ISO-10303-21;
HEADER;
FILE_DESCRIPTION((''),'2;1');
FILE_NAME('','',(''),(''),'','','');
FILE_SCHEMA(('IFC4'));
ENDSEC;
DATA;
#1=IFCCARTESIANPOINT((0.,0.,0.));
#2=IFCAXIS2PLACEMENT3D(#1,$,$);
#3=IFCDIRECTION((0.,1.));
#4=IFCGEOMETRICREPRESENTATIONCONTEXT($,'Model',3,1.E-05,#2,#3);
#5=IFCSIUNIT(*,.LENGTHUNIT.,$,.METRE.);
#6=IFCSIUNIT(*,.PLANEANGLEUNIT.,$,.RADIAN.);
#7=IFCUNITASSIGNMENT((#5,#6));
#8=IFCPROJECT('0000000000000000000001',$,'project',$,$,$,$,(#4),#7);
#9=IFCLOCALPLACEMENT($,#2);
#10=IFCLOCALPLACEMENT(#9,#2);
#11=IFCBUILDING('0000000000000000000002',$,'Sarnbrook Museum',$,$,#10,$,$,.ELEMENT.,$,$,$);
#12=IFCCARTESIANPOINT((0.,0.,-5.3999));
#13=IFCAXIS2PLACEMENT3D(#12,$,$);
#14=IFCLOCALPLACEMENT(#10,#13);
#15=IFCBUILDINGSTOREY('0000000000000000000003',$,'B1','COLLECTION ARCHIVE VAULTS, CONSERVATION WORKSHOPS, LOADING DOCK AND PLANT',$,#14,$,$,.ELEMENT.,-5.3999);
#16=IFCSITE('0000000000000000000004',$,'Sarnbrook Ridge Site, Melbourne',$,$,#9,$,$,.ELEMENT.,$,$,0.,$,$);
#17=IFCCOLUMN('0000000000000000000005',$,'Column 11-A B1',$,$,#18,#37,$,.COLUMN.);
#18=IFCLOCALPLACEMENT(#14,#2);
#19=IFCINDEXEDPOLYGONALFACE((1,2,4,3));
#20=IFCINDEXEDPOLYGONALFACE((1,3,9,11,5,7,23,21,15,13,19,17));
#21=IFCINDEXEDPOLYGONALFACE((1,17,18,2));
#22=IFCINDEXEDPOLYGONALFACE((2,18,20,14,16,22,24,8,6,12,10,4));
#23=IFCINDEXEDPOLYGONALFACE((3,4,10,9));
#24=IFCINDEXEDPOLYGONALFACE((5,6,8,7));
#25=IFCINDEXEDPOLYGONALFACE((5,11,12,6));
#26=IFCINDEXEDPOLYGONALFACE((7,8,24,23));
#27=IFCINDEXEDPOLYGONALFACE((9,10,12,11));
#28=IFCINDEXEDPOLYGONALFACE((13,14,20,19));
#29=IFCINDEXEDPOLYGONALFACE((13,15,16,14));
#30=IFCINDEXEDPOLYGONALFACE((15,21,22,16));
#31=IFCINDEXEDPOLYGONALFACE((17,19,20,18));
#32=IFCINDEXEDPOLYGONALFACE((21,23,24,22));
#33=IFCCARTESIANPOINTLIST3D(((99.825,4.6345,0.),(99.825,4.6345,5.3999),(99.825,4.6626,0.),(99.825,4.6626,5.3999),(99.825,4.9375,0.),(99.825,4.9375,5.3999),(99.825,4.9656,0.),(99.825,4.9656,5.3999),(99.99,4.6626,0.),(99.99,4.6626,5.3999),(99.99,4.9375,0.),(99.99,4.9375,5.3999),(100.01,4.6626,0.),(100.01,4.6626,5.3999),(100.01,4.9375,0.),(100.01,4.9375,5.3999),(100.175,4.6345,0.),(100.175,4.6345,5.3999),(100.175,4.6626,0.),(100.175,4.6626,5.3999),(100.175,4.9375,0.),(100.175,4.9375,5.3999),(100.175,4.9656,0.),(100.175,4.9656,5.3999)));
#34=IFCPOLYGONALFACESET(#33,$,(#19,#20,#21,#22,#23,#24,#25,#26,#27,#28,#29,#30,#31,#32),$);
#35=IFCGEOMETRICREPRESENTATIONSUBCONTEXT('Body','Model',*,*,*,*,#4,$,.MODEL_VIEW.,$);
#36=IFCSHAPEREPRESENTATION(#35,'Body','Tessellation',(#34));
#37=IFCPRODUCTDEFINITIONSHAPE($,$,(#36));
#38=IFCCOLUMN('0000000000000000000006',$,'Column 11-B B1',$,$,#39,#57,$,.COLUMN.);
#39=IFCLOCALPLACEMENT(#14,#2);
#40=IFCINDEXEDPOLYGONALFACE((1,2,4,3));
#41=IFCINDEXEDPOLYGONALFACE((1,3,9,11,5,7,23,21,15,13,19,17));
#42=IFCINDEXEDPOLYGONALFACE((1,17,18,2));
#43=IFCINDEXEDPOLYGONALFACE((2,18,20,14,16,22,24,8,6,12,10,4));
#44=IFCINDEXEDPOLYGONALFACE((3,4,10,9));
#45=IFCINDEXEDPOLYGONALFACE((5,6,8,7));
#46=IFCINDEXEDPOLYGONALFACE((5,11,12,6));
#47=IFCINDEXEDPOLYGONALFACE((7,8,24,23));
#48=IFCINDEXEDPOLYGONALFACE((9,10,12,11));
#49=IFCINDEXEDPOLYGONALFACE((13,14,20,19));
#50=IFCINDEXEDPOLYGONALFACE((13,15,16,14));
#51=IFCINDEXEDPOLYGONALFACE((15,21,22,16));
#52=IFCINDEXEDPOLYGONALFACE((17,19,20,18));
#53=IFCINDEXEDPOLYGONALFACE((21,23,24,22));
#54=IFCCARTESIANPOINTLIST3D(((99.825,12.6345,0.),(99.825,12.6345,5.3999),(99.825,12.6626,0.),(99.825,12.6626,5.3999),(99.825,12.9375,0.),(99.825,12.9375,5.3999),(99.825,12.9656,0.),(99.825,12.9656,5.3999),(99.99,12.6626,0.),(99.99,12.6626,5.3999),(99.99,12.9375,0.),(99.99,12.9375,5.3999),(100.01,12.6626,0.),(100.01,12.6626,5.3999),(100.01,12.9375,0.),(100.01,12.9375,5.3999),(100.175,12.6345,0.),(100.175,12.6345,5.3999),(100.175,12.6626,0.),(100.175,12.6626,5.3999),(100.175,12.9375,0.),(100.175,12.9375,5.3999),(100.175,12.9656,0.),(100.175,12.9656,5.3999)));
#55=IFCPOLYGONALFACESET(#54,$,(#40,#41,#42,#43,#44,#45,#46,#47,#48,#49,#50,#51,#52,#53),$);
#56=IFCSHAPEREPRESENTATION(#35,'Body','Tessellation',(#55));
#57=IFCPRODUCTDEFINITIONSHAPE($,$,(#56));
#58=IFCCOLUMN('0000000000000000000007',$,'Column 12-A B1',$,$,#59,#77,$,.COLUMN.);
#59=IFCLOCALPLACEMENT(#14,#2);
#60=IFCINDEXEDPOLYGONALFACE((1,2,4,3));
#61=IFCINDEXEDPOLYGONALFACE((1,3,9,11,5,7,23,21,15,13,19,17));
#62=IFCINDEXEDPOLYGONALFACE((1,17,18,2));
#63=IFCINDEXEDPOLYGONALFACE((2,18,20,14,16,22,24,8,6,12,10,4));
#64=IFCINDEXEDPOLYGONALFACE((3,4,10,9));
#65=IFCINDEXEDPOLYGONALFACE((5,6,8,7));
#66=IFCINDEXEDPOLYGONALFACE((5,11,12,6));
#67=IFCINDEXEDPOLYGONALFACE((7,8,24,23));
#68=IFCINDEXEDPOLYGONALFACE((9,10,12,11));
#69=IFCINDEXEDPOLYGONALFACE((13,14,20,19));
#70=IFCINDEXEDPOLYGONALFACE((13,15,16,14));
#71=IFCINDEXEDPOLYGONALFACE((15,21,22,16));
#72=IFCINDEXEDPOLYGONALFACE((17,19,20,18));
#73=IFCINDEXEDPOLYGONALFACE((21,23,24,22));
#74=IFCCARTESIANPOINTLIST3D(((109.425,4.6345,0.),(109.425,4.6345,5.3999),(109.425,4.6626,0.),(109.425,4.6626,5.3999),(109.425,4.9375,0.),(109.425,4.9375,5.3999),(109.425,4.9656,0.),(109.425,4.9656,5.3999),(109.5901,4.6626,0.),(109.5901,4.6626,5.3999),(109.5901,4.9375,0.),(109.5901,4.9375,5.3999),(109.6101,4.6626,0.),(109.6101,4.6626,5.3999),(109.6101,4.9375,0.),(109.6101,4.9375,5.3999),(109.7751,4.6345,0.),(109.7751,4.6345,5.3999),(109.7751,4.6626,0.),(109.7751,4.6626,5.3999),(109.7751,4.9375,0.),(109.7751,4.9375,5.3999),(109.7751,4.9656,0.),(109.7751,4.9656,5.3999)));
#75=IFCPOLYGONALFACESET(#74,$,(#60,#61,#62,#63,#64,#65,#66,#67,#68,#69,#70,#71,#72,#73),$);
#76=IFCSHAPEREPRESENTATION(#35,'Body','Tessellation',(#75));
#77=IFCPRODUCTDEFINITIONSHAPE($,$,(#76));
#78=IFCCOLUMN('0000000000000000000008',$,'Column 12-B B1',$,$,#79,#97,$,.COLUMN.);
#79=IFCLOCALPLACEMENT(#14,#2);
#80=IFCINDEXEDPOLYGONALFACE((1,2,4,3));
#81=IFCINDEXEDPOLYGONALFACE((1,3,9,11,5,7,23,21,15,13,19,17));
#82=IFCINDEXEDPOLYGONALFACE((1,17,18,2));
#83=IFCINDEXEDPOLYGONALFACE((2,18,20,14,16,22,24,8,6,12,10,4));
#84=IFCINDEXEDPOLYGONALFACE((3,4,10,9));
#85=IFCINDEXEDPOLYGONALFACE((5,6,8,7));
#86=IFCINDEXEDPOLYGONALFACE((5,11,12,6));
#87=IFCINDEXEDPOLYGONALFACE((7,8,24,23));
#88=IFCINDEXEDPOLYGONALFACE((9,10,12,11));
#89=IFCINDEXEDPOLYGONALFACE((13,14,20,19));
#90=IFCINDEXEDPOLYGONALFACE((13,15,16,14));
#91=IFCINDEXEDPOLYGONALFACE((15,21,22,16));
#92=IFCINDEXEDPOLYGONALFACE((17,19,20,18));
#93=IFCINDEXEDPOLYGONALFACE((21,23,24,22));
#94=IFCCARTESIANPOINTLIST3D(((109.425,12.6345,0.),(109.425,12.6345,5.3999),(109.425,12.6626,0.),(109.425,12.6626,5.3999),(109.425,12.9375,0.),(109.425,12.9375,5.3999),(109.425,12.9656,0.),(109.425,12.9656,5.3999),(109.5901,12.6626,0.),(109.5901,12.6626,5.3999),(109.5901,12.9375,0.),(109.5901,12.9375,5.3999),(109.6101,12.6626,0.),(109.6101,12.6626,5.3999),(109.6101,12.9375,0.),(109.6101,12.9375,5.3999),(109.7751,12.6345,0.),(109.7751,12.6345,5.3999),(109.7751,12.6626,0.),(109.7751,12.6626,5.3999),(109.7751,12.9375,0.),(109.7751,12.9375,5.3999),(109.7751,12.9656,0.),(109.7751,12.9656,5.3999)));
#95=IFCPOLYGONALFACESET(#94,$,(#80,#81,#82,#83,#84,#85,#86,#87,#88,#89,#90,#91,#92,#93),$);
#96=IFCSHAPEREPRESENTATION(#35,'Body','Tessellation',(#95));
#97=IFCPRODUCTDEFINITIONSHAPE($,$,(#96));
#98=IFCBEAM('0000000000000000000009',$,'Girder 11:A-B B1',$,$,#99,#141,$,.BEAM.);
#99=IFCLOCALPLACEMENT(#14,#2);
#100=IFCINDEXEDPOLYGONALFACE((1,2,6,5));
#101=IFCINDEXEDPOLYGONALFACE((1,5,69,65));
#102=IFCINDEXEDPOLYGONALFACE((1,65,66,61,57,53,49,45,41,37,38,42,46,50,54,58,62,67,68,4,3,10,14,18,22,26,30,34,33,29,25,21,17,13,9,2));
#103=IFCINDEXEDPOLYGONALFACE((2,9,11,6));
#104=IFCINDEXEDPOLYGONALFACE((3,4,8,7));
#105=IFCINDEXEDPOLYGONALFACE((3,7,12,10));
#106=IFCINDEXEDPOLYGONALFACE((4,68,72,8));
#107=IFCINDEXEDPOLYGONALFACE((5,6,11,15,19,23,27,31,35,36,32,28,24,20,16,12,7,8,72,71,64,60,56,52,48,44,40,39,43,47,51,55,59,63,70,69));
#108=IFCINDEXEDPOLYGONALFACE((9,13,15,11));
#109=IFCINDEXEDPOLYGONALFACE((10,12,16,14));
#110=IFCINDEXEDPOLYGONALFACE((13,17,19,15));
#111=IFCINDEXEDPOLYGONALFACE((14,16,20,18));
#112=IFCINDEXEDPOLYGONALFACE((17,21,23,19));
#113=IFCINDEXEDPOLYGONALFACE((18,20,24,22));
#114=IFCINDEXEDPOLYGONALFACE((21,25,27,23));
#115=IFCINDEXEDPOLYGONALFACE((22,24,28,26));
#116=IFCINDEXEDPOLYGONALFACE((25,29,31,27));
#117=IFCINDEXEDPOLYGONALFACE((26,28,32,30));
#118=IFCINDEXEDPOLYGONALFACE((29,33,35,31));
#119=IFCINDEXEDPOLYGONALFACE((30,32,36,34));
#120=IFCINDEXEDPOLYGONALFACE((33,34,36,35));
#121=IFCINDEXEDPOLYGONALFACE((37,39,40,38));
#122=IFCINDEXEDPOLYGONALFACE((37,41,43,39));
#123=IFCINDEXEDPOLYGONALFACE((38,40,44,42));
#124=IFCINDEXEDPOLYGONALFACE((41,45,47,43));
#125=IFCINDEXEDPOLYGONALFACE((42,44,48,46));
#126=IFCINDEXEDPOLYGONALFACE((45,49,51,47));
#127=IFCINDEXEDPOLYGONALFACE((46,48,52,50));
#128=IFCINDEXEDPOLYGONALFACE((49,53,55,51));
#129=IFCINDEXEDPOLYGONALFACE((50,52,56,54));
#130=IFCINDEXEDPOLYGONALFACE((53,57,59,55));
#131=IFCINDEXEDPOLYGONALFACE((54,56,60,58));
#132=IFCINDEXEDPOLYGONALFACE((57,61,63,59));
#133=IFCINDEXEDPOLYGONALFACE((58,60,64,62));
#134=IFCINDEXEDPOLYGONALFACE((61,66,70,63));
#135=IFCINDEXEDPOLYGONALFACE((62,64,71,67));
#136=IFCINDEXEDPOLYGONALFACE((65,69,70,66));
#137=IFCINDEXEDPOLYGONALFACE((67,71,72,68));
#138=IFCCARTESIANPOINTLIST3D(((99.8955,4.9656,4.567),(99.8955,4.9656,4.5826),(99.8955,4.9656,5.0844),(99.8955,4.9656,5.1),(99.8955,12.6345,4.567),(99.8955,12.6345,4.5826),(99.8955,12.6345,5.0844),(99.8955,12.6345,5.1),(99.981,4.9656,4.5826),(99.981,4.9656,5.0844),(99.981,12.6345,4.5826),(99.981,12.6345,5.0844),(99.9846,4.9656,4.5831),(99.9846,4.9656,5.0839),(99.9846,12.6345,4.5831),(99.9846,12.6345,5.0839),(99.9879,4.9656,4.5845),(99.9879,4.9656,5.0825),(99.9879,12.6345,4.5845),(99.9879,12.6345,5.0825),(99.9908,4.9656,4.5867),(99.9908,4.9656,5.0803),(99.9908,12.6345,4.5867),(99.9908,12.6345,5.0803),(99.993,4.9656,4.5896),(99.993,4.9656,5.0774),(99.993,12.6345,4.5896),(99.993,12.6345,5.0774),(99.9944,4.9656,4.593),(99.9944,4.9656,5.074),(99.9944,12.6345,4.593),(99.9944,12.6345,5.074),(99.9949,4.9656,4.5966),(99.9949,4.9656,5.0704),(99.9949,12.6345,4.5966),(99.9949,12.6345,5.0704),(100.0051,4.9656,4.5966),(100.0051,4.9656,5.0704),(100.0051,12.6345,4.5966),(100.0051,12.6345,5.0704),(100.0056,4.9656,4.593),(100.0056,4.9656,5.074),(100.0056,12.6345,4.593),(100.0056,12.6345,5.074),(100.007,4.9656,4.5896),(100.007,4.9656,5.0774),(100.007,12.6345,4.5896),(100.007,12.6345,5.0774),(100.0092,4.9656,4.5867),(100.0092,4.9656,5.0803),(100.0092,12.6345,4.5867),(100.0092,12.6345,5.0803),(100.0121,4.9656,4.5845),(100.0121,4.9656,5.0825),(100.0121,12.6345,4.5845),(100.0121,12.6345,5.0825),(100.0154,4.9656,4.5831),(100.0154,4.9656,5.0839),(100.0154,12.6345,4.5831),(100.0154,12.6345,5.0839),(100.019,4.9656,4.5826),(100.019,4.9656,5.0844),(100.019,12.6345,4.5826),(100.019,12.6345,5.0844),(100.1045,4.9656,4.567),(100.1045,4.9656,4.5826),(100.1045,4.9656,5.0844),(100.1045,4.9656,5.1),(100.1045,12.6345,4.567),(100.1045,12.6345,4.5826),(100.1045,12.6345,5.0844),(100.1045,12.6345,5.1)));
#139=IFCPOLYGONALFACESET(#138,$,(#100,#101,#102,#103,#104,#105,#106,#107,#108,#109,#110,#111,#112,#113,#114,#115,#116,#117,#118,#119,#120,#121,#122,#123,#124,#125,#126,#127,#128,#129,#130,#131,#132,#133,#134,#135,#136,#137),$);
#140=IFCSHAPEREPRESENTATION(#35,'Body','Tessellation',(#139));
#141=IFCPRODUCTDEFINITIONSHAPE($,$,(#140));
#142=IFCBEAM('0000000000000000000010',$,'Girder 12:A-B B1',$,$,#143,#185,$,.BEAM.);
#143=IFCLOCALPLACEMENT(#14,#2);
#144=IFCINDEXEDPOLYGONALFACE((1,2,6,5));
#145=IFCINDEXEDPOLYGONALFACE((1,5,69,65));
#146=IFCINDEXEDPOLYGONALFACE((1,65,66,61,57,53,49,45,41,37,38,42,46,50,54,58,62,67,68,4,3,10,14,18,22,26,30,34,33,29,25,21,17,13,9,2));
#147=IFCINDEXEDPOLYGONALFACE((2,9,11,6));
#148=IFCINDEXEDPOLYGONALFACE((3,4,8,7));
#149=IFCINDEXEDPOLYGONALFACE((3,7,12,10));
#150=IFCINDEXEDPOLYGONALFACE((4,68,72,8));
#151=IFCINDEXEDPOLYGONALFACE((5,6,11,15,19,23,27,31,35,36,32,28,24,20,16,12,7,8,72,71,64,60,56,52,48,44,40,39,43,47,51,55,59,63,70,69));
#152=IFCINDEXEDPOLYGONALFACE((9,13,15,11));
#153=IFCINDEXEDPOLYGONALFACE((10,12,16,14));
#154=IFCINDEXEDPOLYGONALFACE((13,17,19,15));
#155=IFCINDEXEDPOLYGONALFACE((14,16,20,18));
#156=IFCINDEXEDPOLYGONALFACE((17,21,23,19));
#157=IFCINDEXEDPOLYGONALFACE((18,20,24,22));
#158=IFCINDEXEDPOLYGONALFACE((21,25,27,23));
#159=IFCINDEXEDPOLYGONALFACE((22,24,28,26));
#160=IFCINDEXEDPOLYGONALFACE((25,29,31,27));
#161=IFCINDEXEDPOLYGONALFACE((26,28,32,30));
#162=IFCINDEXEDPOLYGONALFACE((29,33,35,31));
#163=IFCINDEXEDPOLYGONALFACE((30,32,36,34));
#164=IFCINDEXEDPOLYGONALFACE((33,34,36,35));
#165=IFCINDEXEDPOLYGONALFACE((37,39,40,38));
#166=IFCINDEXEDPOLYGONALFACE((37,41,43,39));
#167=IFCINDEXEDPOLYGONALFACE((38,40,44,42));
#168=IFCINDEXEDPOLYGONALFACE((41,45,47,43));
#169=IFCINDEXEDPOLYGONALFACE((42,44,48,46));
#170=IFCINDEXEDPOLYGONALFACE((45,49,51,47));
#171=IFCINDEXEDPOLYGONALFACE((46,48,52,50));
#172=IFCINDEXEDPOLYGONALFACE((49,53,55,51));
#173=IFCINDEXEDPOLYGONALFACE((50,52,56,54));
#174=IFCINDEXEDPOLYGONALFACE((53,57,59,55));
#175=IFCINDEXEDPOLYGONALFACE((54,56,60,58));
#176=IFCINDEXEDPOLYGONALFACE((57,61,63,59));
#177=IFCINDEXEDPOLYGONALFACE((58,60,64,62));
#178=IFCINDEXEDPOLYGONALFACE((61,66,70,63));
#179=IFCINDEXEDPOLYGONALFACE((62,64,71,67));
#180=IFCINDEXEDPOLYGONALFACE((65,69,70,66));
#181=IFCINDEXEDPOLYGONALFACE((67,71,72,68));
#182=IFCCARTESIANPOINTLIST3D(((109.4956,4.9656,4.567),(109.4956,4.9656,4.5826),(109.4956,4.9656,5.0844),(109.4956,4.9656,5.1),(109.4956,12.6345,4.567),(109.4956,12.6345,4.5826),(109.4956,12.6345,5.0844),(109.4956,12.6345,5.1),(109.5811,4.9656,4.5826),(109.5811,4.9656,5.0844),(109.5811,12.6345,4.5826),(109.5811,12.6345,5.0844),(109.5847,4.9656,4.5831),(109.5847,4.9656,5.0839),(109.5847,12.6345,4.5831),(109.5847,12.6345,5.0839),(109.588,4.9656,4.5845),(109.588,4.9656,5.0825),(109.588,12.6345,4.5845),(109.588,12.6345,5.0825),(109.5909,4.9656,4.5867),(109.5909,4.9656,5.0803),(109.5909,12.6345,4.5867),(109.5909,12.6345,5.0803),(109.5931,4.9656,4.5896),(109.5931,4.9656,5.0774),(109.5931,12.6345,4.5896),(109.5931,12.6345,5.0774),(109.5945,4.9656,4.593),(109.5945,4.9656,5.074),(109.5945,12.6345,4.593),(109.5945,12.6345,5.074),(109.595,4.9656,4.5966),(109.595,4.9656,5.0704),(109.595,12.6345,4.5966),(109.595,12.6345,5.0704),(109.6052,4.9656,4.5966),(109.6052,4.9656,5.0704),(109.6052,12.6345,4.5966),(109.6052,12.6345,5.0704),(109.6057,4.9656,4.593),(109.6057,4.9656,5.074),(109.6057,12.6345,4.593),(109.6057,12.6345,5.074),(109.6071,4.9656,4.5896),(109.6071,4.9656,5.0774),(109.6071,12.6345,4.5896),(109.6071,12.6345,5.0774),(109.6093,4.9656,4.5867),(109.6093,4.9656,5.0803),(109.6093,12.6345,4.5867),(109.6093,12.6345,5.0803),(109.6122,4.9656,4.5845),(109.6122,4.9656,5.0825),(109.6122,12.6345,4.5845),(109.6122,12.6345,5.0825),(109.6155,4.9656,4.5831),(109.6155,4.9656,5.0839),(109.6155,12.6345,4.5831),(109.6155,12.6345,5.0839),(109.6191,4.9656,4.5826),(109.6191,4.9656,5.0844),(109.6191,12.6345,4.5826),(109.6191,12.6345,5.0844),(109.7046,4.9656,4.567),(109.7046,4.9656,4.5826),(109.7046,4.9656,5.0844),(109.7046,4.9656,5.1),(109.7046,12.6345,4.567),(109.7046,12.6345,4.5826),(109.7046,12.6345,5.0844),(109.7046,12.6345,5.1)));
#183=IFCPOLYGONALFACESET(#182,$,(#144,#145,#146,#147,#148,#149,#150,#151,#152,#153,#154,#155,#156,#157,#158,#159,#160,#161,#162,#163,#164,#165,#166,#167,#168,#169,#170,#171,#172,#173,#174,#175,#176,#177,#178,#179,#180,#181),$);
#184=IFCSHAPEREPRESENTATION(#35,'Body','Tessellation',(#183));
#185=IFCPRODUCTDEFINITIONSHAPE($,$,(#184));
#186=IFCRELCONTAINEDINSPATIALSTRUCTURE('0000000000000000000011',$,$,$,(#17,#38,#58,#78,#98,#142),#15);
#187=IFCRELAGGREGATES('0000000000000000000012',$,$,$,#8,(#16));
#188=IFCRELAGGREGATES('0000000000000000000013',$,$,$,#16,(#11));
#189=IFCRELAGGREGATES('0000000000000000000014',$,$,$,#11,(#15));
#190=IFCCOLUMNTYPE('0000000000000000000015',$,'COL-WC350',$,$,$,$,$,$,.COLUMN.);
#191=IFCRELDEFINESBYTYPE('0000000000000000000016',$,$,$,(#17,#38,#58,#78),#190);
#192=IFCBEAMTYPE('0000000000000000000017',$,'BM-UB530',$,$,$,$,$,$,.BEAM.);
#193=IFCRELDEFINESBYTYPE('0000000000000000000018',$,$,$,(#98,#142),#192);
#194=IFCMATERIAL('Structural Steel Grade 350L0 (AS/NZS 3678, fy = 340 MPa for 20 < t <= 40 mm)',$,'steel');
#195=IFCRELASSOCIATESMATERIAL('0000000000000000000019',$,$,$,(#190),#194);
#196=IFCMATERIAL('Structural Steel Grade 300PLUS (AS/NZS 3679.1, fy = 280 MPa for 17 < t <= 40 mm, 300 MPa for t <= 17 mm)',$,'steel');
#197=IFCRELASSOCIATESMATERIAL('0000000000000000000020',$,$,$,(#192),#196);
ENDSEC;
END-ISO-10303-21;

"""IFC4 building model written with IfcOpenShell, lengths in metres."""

from ifc_helpers import new_model, si_unit, direction, frame, origin, origin_2d, place, context, subcontext, project, spatial, i_section, extrude, material, material_profile, profile_set, type_object, element, save


model = new_model("IFC4")

# Units and contexts
model_context = context("Model", 3, precision=1e-05, world=origin(), true_north=direction((0.0, 1.0)))
body_context = subcontext(model_context, "Body", "Model", "MODEL_VIEW")
ifc_project = project(units=[si_unit("LENGTHUNIT", "METRE"), si_unit("PLANEANGLEUNIT", "RADIAN")], contexts=[model_context])

# Site, building, storey
site_placement = place(None, origin())
site = spatial("IfcSite", under=ifc_project, at=site_placement, Name="Sarnbrook Ridge Site, Melbourne", CompositionType="ELEMENT", RefElevation=0.0)
building_placement = place(site_placement, origin())
building = spatial("IfcBuilding", under=site, at=building_placement, Name="Sarnbrook Museum", CompositionType="ELEMENT")
storey_placement = place(building_placement, frame((0.0, 0.0, -5.3999)))
storey = spatial("IfcBuildingStorey", under=building, at=storey_placement, Name="B1", Description="COLLECTION ARCHIVE VAULTS, CONSERVATION WORKSHOPS, LOADING DOCK AND PLANT", CompositionType="ELEMENT", Elevation=-5.3999)

# Columns
ifc_material_1 = material(Name="Structural Steel Grade 350L0 (AS/NZS 3678, fy = 340 MPa for 20 < t <= 40 mm)", Category="steel")
ifc_material_profile_1 = material_profile(ifc_material_1, i_section(OverallWidth=0.3501, OverallDepth=0.3311, WebThickness=0.02, FlangeThickness=0.0281, at=origin_2d()), Name="350WC197")
ifc_profile_set_1 = profile_set([ifc_material_profile_1], Name="Structural Steel Grade 350L0 (AS/NZS 3678, fy = 340 MPa for 20 < t <= 40 mm)")
column_type = type_object("IfcColumnType", Name="COL-WC350", PredefinedType="COLUMN", material=ifc_profile_set_1)
for number, where, z_axis, x_axis, name in (
    (1, (100.0, 4.8, 0.0), (0.0, 0.0, 1.0), (1.0, 0.0, 0.0), "Column 11-A B1"),
    (2, (100.0, 12.8, 0.0), (0.0, 0.0, 1.0), (1.0, 0.0, 0.0), "Column 11-B B1"),
    (3, (109.6001, 4.8, 0.0), (0.0, 0.0, 1.0), (1.0, 0.0, 0.0), "Column 12-A B1"),
    (4, (109.6001, 12.8, 0.0), (0.0, 0.0, 1.0), (1.0, 0.0, 0.0), "Column 12-B B1"),
):
    element("IfcColumn", number, at=place(storey_placement, frame(where, z_axis=z_axis, x_axis=x_axis)), inside=storey, type_object=column_type, Name=name, PredefinedType="COLUMN", context=body_context, shape_type="SweptSolid", body=[
        extrude(i_section(OverallWidth=0.3501, OverallDepth=0.3311, WebThickness=0.02, FlangeThickness=0.0281, at=origin_2d()), origin(), (0.0, 0.0, 1.0), 5.3999),
    ])

# Beams
ifc_material_2 = material(Name="Structural Steel Grade 300PLUS (AS/NZS 3679.1, fy = 280 MPa for 17 < t <= 40 mm, 300 MPa for t <= 17 mm)", Category="steel")
ifc_material_profile_2 = material_profile(ifc_material_2, i_section(OverallWidth=0.209, OverallDepth=0.533, WebThickness=0.0103, FlangeThickness=0.0156, FilletRadius=0.0139, at=origin_2d()), Name="530UB92.4")
ifc_profile_set_2 = profile_set([ifc_material_profile_2], Name="Structural Steel Grade 300PLUS (AS/NZS 3679.1, fy = 280 MPa for 17 < t <= 40 mm, 300 MPa for t <= 17 mm)")
beam_type_1 = type_object("IfcBeamType", Name="BM-UB530", PredefinedType="BEAM", material=ifc_profile_set_2)
for number, where, z_axis, x_axis, name in (
    (5, (100.0, 4.9656, 4.8335), (0.0, 1.0, 0.0), (-1.0, 0.0, 0.0), "Girder 11:A-B B1"),
    (6, (109.6001, 4.9656, 4.8335), (0.0, 1.0, 0.0), (-1.0, 0.0, 0.0), "Girder 12:A-B B1"),
):
    element("IfcBeam", number, at=place(storey_placement, frame(where, z_axis=z_axis, x_axis=x_axis)), inside=storey, type_object=beam_type_1, Name=name, PredefinedType="BEAM", context=body_context, shape_type="SweptSolid", body=[
        extrude(i_section(OverallWidth=0.209, OverallDepth=0.533, WebThickness=0.0103, FlangeThickness=0.0156, FilletRadius=0.0139, at=origin_2d()), origin(), (0.0, 0.0, 1.0), 7.6689),
    ])

save(model, "model.ifc")
